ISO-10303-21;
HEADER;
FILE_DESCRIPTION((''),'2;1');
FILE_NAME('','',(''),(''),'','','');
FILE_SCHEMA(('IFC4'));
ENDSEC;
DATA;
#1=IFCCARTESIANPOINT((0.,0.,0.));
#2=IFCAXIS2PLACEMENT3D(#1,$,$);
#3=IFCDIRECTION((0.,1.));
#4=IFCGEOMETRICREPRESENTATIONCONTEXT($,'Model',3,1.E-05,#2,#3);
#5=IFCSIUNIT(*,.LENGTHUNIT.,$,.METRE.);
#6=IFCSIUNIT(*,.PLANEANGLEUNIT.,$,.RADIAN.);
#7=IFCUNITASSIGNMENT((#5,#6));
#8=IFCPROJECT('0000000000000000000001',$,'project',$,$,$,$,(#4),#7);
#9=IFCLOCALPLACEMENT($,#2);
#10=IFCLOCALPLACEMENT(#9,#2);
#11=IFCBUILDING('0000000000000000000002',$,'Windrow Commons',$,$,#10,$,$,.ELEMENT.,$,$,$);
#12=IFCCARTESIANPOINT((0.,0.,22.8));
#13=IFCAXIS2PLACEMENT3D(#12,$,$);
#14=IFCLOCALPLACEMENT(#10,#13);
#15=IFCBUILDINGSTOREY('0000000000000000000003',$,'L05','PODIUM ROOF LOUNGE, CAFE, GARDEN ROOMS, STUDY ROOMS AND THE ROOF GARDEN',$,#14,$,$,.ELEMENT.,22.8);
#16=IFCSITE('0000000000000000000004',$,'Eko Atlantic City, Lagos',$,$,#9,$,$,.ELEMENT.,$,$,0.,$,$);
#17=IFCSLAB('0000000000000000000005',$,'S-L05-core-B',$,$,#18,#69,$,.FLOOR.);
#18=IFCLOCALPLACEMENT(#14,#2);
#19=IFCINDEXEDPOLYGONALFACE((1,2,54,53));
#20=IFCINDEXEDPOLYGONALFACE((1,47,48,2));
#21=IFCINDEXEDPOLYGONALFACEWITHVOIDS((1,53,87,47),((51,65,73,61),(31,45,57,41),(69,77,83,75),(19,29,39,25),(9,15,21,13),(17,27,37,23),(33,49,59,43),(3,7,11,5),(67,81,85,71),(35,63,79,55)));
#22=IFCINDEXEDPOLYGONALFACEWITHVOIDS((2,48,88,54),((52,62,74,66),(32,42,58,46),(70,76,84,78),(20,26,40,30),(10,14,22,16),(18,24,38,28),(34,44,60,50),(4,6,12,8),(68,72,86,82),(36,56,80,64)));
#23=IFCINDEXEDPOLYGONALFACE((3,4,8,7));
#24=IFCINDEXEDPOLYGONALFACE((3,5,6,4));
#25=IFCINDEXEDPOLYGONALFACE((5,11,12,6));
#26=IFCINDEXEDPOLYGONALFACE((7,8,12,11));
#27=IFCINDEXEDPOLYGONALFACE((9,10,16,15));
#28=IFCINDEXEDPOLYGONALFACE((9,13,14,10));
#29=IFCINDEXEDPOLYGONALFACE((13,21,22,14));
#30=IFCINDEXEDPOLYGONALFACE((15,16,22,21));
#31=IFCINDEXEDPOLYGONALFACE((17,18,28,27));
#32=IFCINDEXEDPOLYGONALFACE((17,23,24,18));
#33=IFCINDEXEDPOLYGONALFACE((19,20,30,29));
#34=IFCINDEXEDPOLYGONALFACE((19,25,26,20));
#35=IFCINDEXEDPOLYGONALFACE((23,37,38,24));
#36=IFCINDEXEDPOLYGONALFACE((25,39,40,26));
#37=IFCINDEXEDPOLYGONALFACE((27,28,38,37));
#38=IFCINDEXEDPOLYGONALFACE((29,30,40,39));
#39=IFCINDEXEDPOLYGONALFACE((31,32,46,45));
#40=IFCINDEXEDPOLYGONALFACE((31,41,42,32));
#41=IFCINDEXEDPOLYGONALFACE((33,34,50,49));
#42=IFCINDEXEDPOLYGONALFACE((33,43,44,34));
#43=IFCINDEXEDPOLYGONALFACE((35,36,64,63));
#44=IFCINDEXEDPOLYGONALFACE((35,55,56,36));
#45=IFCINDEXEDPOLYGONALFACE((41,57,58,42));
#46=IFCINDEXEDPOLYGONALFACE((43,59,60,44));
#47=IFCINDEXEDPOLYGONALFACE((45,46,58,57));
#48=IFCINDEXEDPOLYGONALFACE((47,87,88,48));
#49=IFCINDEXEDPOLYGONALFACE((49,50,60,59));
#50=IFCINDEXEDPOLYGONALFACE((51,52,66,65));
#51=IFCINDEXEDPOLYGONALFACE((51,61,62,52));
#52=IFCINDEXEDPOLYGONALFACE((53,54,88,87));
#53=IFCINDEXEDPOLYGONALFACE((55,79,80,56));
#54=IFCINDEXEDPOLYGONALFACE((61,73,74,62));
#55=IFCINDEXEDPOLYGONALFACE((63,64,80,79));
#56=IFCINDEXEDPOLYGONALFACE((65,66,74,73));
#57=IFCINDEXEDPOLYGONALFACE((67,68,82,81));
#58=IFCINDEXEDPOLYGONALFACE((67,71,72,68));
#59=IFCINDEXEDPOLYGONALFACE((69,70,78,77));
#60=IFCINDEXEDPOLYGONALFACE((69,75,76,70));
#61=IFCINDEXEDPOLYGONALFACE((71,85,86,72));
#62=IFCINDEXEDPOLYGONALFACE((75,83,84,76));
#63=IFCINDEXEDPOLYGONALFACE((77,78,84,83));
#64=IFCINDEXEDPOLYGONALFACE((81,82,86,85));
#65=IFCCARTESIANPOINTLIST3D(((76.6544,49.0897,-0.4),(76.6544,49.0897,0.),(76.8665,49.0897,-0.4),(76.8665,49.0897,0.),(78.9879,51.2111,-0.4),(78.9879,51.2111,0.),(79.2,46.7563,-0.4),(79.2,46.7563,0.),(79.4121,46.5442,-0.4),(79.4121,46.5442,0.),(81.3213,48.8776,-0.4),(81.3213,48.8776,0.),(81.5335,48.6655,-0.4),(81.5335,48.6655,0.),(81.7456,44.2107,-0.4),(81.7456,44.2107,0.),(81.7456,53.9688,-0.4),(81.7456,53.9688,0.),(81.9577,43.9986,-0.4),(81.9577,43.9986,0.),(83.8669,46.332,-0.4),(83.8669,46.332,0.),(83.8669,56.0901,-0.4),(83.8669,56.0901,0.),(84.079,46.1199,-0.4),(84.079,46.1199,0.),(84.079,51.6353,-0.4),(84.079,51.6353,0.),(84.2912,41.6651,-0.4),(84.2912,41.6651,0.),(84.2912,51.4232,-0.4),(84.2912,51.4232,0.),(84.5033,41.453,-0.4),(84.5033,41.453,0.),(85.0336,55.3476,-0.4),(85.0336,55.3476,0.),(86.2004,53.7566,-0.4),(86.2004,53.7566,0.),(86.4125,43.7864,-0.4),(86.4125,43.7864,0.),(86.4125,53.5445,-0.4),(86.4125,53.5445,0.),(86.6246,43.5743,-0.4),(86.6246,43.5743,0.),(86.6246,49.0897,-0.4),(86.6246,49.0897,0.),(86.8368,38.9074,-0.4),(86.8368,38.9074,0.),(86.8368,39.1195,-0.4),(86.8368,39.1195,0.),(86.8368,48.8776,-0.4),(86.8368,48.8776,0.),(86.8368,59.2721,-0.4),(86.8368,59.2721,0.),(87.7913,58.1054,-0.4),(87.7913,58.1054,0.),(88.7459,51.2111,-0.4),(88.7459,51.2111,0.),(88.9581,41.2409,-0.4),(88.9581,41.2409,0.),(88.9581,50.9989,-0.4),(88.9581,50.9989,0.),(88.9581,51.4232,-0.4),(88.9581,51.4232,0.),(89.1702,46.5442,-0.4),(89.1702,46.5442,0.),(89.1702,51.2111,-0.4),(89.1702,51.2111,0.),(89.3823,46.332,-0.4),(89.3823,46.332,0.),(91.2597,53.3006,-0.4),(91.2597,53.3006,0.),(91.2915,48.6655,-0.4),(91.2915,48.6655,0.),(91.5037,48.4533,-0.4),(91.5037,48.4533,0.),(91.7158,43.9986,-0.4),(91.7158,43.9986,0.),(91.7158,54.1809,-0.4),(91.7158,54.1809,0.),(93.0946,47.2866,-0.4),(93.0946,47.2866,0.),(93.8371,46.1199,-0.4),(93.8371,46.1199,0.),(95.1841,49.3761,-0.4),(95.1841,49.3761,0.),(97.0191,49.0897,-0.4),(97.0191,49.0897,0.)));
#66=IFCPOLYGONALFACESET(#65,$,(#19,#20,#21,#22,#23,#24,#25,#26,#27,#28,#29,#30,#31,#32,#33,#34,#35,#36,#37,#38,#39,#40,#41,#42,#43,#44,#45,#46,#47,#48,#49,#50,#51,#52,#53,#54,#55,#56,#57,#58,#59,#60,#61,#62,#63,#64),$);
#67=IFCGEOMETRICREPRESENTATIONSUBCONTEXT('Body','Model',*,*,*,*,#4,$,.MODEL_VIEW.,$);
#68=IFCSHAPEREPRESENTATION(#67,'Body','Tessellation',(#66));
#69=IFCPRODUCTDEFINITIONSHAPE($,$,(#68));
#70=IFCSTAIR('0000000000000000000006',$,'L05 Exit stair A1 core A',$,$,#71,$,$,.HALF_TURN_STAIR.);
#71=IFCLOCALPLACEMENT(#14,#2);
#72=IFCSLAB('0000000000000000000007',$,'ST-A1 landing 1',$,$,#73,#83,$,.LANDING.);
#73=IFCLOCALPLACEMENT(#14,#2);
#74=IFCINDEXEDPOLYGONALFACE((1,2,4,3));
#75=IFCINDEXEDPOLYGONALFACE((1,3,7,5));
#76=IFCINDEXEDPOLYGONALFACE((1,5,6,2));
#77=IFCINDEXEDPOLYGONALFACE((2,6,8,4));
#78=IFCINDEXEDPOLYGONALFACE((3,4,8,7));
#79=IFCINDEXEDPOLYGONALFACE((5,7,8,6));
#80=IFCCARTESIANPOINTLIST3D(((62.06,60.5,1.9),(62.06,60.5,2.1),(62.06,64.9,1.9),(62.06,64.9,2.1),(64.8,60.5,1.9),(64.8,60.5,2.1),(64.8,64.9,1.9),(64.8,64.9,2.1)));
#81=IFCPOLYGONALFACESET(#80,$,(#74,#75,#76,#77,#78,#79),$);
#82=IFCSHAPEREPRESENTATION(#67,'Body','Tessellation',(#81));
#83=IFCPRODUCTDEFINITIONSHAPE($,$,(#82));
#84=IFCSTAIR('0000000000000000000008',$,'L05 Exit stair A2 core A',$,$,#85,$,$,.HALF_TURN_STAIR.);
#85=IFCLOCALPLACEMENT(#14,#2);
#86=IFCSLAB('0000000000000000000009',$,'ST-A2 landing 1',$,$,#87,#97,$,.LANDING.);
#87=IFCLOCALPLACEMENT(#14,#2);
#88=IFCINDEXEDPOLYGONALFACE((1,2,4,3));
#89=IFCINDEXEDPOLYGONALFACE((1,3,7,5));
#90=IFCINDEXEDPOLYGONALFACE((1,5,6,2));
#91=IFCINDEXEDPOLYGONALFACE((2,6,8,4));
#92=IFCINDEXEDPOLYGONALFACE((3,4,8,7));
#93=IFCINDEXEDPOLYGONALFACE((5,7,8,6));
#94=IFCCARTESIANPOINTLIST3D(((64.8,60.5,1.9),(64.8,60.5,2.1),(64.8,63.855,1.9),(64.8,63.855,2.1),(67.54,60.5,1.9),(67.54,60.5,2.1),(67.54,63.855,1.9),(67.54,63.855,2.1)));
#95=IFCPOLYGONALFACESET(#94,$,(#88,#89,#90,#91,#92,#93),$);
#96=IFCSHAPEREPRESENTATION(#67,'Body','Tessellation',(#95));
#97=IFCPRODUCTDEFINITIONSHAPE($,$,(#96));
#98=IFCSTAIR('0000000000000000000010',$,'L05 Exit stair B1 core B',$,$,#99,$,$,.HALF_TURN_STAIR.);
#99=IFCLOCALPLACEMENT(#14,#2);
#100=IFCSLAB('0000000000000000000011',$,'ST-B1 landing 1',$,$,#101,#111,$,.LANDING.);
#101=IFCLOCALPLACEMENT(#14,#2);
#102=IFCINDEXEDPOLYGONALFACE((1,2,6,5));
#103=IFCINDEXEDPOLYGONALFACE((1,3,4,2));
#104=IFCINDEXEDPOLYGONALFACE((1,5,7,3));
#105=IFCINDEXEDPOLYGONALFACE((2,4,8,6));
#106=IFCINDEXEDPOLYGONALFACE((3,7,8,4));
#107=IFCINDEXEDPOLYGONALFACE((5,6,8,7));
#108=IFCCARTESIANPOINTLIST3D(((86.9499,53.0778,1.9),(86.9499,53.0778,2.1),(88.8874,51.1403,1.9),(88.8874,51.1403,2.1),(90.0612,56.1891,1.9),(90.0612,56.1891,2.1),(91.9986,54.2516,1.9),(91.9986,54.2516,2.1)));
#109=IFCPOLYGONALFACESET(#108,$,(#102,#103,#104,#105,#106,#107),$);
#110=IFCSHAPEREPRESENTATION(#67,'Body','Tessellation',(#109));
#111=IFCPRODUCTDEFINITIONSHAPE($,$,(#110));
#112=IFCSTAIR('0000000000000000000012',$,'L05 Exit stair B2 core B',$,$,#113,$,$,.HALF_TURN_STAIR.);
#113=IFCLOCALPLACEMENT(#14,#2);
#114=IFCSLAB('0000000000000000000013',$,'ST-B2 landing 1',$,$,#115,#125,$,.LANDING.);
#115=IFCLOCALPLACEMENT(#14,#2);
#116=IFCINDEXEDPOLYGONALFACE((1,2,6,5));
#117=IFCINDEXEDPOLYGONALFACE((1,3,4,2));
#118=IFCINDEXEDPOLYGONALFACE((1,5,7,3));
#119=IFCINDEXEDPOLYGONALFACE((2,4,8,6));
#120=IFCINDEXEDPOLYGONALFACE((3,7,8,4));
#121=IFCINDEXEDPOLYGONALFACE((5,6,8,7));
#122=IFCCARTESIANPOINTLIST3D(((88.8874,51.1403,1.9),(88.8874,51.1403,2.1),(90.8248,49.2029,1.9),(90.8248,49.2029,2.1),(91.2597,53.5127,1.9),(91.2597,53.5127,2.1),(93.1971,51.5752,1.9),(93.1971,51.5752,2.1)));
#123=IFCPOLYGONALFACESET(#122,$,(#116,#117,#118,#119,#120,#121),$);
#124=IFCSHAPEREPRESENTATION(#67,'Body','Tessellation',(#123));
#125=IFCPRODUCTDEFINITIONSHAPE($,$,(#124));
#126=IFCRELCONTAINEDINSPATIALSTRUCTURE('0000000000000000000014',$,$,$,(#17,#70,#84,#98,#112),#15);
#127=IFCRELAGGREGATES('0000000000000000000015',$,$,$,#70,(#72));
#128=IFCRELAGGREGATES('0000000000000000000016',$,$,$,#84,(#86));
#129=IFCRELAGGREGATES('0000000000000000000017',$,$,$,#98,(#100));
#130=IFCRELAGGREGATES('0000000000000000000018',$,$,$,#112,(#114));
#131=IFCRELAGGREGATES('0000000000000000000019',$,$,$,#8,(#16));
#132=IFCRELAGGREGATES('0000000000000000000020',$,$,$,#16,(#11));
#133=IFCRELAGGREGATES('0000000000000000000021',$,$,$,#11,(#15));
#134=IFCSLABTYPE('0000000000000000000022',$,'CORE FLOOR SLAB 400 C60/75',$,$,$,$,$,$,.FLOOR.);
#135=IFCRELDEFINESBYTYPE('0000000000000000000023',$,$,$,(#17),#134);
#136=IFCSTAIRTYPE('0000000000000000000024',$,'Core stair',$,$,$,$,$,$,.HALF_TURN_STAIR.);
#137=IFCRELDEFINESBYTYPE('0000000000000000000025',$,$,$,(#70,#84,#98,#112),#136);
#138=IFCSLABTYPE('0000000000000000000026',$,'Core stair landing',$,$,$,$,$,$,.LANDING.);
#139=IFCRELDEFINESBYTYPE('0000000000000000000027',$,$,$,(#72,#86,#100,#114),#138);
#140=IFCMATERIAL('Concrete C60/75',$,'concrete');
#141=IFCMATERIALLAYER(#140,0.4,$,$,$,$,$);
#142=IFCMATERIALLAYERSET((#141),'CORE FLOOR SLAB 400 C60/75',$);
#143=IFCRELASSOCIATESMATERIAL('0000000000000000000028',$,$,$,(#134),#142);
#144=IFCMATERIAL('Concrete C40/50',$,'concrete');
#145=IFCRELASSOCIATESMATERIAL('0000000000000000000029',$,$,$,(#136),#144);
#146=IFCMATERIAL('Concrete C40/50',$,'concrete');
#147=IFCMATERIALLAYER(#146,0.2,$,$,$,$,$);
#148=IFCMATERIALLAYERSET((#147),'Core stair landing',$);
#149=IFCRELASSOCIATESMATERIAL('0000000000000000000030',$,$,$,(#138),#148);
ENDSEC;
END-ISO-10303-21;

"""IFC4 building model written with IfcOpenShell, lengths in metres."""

from ifc_helpers import new_model, si_unit, direction, frame, origin, place, context, subcontext, project, spatial, polyline, outline, extrude, material, layer, layer_set, type_object, element, aggregate, save


model = new_model("IFC4")

# Units and contexts
model_context = context("Model", 3, precision=1e-05, world=origin(), true_north=direction((0.0, 1.0)))
body_context = subcontext(model_context, "Body", "Model", "MODEL_VIEW")
ifc_project = project(units=[si_unit("LENGTHUNIT", "METRE"), si_unit("PLANEANGLEUNIT", "RADIAN")], contexts=[model_context])

# Site, building, storey
site_placement = place(None, origin())
site = spatial("IfcSite", under=ifc_project, at=site_placement, Name="Eko Atlantic City, Lagos", CompositionType="ELEMENT", RefElevation=0.0)
building_placement = place(site_placement, origin())
building = spatial("IfcBuilding", under=site, at=building_placement, Name="Windrow Commons", CompositionType="ELEMENT")
storey_placement = place(building_placement, frame((0.0, 0.0, 22.8)))
storey = spatial("IfcBuildingStorey", under=building, at=storey_placement, Name="L05", Description="PODIUM ROOF LOUNGE, CAFE, GARDEN ROOMS, STUDY ROOMS AND THE ROOF GARDEN", CompositionType="ELEMENT", Elevation=22.8)

# Slab, openings
ifc_material_1 = material(Name="Concrete C60/75", Category="concrete")
ifc_layer_1 = layer(ifc_material_1, 0.4)
ifc_layer_set_1 = layer_set([ifc_layer_1], Name="CORE FLOOR SLAB 400 C60/75")
slab_type_1 = type_object("IfcSlabType", Name="CORE FLOOR SLAB 400 C60/75", PredefinedType="FLOOR", material=ifc_layer_set_1)
placement_1 = place(storey_placement, frame((0.0, 0.0, -0.4)))
slab_1 = element("IfcSlab", 1, at=placement_1, inside=storey, type_object=slab_type_1, Name="S-L05-core-B", PredefinedType="FLOOR", context=body_context, shape_type="SweptSolid", body=[
    extrude(outline(polyline([(76.6544, 49.0897), (86.8368, 38.9074), (97.0191, 49.0897), (86.8368, 59.2721), (76.6544, 49.0897)]), holes=[polyline([(76.8665, 49.0897), (79.2, 46.7563), (81.3213, 48.8776), (78.9879, 51.2111), (76.8665, 49.0897)]), polyline([(79.4121, 46.5442), (81.7456, 44.2107), (83.8669, 46.332), (81.5335, 48.6655), (79.4121, 46.5442)]), polyline([(81.9577, 43.9986), (84.2912, 41.6651), (86.4125, 43.7864), (84.079, 46.1199), (81.9577, 43.9986)]), polyline([(84.5033, 41.453), (86.8368, 39.1195), (88.9581, 41.2409), (86.6246, 43.5743), (84.5033, 41.453)]), polyline([(81.7456, 53.9688), (84.079, 51.6353), (86.2004, 53.7566), (83.8669, 56.0901), (81.7456, 53.9688)]), polyline([(84.2912, 51.4232), (86.6246, 49.0897), (88.7459, 51.2111), (86.4125, 53.5445), (84.2912, 51.4232)]), polyline([(86.8368, 48.8776), (89.1702, 46.5442), (91.2915, 48.6655), (88.9581, 50.9989), (86.8368, 48.8776)]), polyline([(89.3823, 46.332), (91.7158, 43.9986), (93.8371, 46.1199), (91.5037, 48.4533), (89.3823, 46.332)]), polyline([(85.0336, 55.3476), (88.9581, 51.4232), (91.7158, 54.1809), (87.7913, 58.1054), (85.0336, 55.3476)]), polyline([(89.1702, 51.2111), (93.0946, 47.2866), (95.1841, 49.3761), (91.2597, 53.3006), (89.1702, 51.2111)])]), origin(), (0.0, 0.0, 1.0), 0.4),
])
opening_1_placement = place(placement_1, origin())
element("IfcOpeningElement", 2, at=opening_1_placement, cuts=slab_1, PredefinedType="OPENING", context=body_context, shape_type="SweptSolid", body=[
    extrude(outline(polyline([(76.8736, 49.0897), (78.9879, 51.204), (81.3142, 48.8776), (79.2, 46.7634), (76.8736, 49.0897)])), origin(), (0.0, 0.0, 1.0), 0.4),
])
opening_2_placement = place(placement_1, origin())
element("IfcOpeningElement", 3, at=opening_2_placement, cuts=slab_1, PredefinedType="OPENING", context=body_context, shape_type="SweptSolid", body=[
    extrude(outline(polyline([(79.4192, 46.5442), (81.5335, 48.6584), (83.8598, 46.332), (81.7456, 44.2178), (79.4192, 46.5442)])), origin(), (0.0, 0.0, 1.0), 0.4),
])
opening_3_placement = place(placement_1, origin())
element("IfcOpeningElement", 4, at=opening_3_placement, cuts=slab_1, PredefinedType="OPENING", context=body_context, shape_type="SweptSolid", body=[
    extrude(outline(polyline([(81.9648, 43.9986), (84.079, 46.1128), (86.4054, 43.7864), (84.2912, 41.6722), (81.9648, 43.9986)])), origin(), (0.0, 0.0, 1.0), 0.4),
])
opening_4_placement = place(placement_1, origin())
element("IfcOpeningElement", 5, at=opening_4_placement, cuts=slab_1, PredefinedType="OPENING", context=body_context, shape_type="SweptSolid", body=[
    extrude(outline(polyline([(84.5104, 41.453), (86.6246, 43.5672), (88.951, 41.2409), (86.8368, 39.1266), (84.5104, 41.453)])), origin(), (0.0, 0.0, 1.0), 0.4),
])
opening_5_placement = place(placement_1, origin())
element("IfcOpeningElement", 6, at=opening_5_placement, cuts=slab_1, PredefinedType="OPENING", context=body_context, shape_type="SweptSolid", body=[
    extrude(outline(polyline([(81.7527, 53.9688), (83.8669, 56.083), (86.1933, 53.7566), (84.079, 51.6424), (81.7527, 53.9688)])), origin(), (0.0, 0.0, 1.0), 0.4),
])
opening_6_placement = place(placement_1, origin())
element("IfcOpeningElement", 7, at=opening_6_placement, cuts=slab_1, PredefinedType="OPENING", context=body_context, shape_type="SweptSolid", body=[
    extrude(outline(polyline([(84.2983, 51.4232), (86.4125, 53.5374), (88.7388, 51.2111), (86.6246, 49.0968), (84.2983, 51.4232)])), origin(), (0.0, 0.0, 1.0), 0.4),
])
opening_7_placement = place(placement_1, origin())
element("IfcOpeningElement", 8, at=opening_7_placement, cuts=slab_1, PredefinedType="OPENING", context=body_context, shape_type="SweptSolid", body=[
    extrude(outline(polyline([(86.8439, 48.8776), (88.9581, 50.9918), (91.2844, 48.6655), (89.1702, 46.5513), (86.8439, 48.8776)])), origin(), (0.0, 0.0, 1.0), 0.4),
])
opening_8_placement = place(placement_1, origin())
element("IfcOpeningElement", 9, at=opening_8_placement, cuts=slab_1, PredefinedType="OPENING", context=body_context, shape_type="SweptSolid", body=[
    extrude(outline(polyline([(89.3894, 46.332), (91.5037, 48.4462), (93.83, 46.1199), (91.7158, 44.0057), (89.3894, 46.332)])), origin(), (0.0, 0.0, 1.0), 0.4),
])
opening_9_placement = place(placement_1, origin())
element("IfcOpeningElement", 10, at=opening_9_placement, cuts=slab_1, PredefinedType="OPENING", context=body_context, shape_type="SweptSolid", body=[
    extrude(outline(polyline([(85.0407, 55.3476), (87.7913, 58.0983), (91.7087, 54.1809), (88.9581, 51.4303), (85.0407, 55.3476)])), origin(), (0.0, 0.0, 1.0), 0.4),
])
opening_10_placement = place(placement_1, origin())
element("IfcOpeningElement", 11, at=opening_10_placement, cuts=slab_1, PredefinedType="OPENING", context=body_context, shape_type="SweptSolid", body=[
    extrude(outline(polyline([(89.1773, 51.2111), (91.2597, 53.2935), (95.177, 49.3761), (93.0946, 47.2937), (89.1773, 51.2111)])), origin(), (0.0, 0.0, 1.0), 0.4),
])

# Stairs, slabs
ifc_material_2 = material(Name="Concrete C40/50", Category="concrete")
stair_type = type_object("IfcStairType", Name="Core stair", PredefinedType="HALF_TURN_STAIR", material=ifc_material_2)
placement_2 = place(storey_placement, origin())
stair_1 = element("IfcStair", 12, at=placement_2, inside=storey, type_object=stair_type, Name="L05 Exit stair A1 core A", PredefinedType="HALF_TURN_STAIR")
ifc_material_3 = material(Name="Concrete C40/50", Category="concrete")
ifc_layer_2 = layer(ifc_material_3, 0.2)
ifc_layer_set_2 = layer_set([ifc_layer_2], Name="Core stair landing")
slab_type_2 = type_object("IfcSlabType", Name="Core stair landing", PredefinedType="LANDING", material=ifc_layer_set_2)
placement_3 = place(storey_placement, frame((0.0, 0.0, 1.9)))
slab_2 = element("IfcSlab", 13, at=placement_3, type_object=slab_type_2, Name="ST-A1 landing 1", PredefinedType="LANDING", context=body_context, shape_type="SweptSolid", body=[
    extrude(outline(polyline([(62.06, 60.5), (64.8, 60.5), (64.8, 64.9), (62.06, 64.9), (62.06, 60.5)])), origin(), (0.0, 0.0, 1.0), 0.2),
])
aggregate(stair_1, [slab_2])
stair_2 = element("IfcStair", 14, at=placement_2, inside=storey, type_object=stair_type, Name="L05 Exit stair A2 core A", PredefinedType="HALF_TURN_STAIR")
slab_3 = element("IfcSlab", 15, at=placement_3, type_object=slab_type_2, Name="ST-A2 landing 1", PredefinedType="LANDING", context=body_context, shape_type="SweptSolid", body=[
    extrude(outline(polyline([(64.8, 60.5), (67.54, 60.5), (67.54, 63.855), (64.8, 63.855), (64.8, 60.5)])), origin(), (0.0, 0.0, 1.0), 0.2),
])
aggregate(stair_2, [slab_3])
stair_3 = element("IfcStair", 16, at=placement_2, inside=storey, type_object=stair_type, Name="L05 Exit stair B1 core B", PredefinedType="HALF_TURN_STAIR")
slab_4 = element("IfcSlab", 17, at=placement_3, type_object=slab_type_2, Name="ST-B1 landing 1", PredefinedType="LANDING", context=body_context, shape_type="SweptSolid", body=[
    extrude(outline(polyline([(86.9499, 53.0778), (88.8874, 51.1403), (91.9986, 54.2516), (90.0612, 56.1891), (86.9499, 53.0778)])), origin(), (0.0, 0.0, 1.0), 0.2),
])
aggregate(stair_3, [slab_4])
stair_4 = element("IfcStair", 18, at=placement_2, inside=storey, type_object=stair_type, Name="L05 Exit stair B2 core B", PredefinedType="HALF_TURN_STAIR")
slab_5 = element("IfcSlab", 19, at=placement_3, type_object=slab_type_2, Name="ST-B2 landing 1", PredefinedType="LANDING", context=body_context, shape_type="SweptSolid", body=[
    extrude(outline(polyline([(88.8874, 51.1403), (90.8248, 49.2029), (93.1971, 51.5752), (91.2597, 53.5127), (88.8874, 51.1403)])), origin(), (0.0, 0.0, 1.0), 0.2),
])
aggregate(stair_4, [slab_5])

save(model, "model.ifc")
